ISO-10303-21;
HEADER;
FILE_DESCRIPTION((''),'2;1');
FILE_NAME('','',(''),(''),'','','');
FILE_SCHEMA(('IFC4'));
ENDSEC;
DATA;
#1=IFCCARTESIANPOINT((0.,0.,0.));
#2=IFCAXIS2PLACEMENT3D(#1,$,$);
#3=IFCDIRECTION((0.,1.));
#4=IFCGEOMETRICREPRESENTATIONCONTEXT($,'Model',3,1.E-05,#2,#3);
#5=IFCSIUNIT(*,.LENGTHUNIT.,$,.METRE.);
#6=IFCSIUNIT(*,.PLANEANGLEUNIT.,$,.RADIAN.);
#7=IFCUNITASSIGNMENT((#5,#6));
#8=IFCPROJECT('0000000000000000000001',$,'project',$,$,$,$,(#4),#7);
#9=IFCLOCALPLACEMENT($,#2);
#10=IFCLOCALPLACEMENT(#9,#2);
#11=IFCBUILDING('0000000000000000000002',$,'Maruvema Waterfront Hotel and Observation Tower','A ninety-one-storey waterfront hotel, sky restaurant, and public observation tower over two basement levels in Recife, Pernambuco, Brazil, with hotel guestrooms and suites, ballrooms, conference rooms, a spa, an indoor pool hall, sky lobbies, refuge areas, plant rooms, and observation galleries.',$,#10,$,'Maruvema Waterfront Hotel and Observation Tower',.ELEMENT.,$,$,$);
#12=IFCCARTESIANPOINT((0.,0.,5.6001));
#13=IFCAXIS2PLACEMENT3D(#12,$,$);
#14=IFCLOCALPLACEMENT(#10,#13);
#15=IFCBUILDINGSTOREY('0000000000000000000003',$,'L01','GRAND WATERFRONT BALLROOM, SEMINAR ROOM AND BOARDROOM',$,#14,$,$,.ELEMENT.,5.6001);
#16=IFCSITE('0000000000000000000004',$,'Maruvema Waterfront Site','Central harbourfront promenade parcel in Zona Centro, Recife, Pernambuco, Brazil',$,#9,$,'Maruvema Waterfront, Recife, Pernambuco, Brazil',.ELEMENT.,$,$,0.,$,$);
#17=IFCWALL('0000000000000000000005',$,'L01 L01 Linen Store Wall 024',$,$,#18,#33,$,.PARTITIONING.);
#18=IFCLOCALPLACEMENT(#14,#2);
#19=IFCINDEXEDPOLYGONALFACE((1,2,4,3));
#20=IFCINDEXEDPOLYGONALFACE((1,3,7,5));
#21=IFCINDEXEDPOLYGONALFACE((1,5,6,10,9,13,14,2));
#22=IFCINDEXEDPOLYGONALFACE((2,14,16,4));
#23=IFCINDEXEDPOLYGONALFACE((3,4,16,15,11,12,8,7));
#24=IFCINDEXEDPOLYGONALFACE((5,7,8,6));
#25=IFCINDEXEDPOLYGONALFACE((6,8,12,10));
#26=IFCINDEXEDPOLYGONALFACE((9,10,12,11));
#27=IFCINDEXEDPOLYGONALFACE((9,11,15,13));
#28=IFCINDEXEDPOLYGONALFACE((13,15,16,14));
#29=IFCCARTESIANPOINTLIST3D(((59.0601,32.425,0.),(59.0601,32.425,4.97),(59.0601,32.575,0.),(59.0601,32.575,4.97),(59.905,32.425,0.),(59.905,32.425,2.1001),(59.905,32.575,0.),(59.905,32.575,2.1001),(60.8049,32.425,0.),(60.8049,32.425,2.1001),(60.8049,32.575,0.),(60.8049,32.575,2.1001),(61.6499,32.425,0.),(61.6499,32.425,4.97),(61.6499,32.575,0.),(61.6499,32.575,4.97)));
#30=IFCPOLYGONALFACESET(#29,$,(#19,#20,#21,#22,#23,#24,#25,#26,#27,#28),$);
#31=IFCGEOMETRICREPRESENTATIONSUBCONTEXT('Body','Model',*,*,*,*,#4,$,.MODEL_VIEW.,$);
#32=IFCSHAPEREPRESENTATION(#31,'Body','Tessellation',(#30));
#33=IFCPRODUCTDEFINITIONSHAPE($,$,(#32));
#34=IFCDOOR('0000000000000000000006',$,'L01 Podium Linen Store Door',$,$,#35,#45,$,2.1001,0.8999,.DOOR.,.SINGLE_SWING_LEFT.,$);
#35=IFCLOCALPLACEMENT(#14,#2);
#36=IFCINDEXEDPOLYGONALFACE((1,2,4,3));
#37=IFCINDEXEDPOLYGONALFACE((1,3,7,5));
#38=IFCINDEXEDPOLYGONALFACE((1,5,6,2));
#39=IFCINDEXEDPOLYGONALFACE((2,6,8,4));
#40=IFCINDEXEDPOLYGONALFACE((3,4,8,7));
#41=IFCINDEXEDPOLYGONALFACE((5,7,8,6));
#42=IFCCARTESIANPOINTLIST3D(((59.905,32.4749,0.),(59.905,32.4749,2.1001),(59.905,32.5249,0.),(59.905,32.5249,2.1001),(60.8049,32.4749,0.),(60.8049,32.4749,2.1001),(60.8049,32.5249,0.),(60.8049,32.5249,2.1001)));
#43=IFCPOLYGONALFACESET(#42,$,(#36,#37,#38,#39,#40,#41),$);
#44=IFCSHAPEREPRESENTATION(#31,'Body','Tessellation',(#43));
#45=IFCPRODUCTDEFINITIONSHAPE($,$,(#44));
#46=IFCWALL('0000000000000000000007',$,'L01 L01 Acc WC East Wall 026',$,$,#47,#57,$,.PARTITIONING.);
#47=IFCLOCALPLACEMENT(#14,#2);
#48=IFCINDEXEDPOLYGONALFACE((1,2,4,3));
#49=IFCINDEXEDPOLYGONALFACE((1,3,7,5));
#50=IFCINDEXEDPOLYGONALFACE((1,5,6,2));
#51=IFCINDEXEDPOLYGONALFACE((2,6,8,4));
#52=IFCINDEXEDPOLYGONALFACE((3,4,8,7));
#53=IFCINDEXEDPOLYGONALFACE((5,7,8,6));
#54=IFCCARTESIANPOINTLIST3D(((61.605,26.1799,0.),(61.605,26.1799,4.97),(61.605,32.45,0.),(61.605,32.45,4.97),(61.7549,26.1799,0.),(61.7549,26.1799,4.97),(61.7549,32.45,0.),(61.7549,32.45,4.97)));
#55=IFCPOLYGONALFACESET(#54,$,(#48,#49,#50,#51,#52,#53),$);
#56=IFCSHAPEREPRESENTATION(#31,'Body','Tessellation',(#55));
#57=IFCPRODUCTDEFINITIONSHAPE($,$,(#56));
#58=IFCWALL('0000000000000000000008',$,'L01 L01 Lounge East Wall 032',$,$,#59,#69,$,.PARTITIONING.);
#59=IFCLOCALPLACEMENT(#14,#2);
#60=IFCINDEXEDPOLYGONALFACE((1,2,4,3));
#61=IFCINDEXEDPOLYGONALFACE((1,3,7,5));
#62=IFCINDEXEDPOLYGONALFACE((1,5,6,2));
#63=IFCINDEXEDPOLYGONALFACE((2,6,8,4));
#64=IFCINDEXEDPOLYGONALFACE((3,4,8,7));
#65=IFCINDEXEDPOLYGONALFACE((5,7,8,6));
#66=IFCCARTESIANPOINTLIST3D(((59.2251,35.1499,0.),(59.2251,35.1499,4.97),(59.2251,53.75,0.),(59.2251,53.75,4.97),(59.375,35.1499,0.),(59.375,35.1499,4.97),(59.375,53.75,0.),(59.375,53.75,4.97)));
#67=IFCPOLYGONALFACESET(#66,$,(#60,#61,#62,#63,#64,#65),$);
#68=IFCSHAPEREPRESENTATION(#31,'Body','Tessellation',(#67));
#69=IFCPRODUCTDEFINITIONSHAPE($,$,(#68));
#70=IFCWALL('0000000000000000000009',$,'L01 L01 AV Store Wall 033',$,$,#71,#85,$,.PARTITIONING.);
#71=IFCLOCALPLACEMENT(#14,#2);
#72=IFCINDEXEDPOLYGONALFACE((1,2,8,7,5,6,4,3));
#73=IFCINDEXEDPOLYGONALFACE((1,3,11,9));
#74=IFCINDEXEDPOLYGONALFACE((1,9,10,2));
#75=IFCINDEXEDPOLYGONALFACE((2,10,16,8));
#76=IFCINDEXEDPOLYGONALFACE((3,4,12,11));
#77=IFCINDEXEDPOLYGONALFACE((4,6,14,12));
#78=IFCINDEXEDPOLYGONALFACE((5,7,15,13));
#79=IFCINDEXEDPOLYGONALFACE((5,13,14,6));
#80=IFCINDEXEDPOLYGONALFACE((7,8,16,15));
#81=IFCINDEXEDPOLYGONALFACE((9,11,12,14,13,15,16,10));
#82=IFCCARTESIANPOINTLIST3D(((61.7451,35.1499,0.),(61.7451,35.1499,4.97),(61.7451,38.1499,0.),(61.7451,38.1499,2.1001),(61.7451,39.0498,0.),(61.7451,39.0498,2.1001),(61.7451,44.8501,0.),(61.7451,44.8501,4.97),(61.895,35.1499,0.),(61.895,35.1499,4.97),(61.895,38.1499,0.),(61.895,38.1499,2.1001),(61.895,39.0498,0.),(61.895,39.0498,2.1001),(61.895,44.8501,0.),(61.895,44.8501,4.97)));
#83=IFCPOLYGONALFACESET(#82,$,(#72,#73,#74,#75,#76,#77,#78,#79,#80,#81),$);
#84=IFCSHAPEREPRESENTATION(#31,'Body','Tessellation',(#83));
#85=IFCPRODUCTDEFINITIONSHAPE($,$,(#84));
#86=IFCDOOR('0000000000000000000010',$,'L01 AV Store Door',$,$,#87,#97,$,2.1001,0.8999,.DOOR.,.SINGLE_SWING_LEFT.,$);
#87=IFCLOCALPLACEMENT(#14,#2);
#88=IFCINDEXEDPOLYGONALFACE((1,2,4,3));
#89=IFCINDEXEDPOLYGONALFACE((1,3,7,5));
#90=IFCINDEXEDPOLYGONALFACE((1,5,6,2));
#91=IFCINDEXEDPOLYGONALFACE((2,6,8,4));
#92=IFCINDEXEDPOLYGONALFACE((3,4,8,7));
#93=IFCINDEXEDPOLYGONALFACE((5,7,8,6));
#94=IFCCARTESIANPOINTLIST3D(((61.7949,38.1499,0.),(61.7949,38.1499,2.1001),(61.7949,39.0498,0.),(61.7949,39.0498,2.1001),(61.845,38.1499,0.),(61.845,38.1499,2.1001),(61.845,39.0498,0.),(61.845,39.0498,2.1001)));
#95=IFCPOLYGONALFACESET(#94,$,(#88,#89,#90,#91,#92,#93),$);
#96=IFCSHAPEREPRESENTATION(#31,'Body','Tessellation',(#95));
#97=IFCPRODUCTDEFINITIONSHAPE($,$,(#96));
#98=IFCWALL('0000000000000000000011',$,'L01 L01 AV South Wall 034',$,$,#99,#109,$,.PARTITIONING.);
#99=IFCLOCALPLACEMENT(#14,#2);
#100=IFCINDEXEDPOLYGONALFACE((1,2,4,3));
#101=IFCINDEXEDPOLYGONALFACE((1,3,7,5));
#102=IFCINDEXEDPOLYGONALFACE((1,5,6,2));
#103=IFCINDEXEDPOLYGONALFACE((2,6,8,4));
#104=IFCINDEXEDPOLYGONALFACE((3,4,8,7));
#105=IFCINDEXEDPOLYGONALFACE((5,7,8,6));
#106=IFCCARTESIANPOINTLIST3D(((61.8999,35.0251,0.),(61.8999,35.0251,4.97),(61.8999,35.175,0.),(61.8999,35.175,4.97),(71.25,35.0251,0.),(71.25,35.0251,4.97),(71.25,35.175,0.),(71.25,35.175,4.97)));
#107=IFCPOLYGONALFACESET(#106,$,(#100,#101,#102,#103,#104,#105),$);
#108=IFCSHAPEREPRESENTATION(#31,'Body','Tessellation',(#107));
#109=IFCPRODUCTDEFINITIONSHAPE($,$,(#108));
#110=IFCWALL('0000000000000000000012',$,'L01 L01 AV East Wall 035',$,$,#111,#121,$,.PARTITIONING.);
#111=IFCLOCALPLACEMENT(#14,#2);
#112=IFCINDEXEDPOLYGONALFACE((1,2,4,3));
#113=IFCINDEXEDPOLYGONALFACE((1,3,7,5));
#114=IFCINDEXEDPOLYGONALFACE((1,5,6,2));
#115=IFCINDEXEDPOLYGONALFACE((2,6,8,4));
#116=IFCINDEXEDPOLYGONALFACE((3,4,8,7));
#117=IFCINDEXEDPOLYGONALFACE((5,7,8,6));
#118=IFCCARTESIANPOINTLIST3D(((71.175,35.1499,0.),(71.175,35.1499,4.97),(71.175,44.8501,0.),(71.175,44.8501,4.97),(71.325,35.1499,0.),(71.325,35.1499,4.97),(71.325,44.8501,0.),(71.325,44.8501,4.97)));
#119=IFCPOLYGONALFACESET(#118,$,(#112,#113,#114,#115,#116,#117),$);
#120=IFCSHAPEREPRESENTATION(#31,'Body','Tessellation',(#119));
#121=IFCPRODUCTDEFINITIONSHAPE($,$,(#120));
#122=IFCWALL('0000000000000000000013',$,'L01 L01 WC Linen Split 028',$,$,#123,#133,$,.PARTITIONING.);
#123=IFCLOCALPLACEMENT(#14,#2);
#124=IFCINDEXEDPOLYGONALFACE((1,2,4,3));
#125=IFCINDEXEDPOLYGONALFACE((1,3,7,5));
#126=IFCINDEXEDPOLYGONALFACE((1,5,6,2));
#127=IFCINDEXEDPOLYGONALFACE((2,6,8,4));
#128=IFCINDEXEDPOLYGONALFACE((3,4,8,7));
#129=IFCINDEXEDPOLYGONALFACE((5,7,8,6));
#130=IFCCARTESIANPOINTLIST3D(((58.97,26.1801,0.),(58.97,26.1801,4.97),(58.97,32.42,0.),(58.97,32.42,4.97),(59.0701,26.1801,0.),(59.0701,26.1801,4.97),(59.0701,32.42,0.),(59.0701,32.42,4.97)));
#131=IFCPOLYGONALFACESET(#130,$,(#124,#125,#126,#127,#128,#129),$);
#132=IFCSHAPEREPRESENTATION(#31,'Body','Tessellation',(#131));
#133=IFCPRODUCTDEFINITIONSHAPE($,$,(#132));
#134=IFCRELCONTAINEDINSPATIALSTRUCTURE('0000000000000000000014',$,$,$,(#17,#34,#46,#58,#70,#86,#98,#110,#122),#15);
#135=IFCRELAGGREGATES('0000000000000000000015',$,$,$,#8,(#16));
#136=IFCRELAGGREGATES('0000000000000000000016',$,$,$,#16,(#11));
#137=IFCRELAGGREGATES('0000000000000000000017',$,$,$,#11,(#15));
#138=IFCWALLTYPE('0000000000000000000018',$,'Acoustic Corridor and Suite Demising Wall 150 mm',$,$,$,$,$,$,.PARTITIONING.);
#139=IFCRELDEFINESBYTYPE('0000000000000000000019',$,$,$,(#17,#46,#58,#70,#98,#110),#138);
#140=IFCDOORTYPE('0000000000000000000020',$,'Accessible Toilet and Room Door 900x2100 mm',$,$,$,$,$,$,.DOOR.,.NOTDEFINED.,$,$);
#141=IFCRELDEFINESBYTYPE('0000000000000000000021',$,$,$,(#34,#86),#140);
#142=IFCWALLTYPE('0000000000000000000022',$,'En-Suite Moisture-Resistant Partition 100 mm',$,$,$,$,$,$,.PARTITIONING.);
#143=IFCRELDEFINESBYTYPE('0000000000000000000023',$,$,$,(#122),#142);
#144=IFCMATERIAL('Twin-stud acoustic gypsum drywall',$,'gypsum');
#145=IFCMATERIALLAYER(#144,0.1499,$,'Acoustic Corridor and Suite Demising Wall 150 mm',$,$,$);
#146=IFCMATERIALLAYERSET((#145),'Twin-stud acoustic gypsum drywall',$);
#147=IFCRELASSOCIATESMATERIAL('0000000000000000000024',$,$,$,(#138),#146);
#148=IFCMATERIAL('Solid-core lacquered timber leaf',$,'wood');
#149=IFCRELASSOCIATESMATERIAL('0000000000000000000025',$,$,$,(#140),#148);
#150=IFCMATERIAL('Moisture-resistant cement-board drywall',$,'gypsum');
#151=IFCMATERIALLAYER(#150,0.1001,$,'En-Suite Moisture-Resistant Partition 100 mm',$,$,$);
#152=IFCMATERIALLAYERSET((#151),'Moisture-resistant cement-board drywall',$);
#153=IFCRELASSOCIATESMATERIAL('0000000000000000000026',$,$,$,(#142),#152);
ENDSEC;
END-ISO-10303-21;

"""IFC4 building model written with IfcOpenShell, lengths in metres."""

from ifc_helpers import new_model, si_unit, direction, frame, frame_2d, origin, place, context, subcontext, project, spatial, rectangle, extrude, material, layer, layer_set, type_object, element, fill, save


model = new_model("IFC4")

# Units and contexts
model_context = context("Model", 3, precision=1e-05, world=origin(), true_north=direction((0.0, 1.0)))
body_context = subcontext(model_context, "Body", "Model", "MODEL_VIEW")
ifc_project = project(units=[si_unit("LENGTHUNIT", "METRE"), si_unit("PLANEANGLEUNIT", "RADIAN")], contexts=[model_context])

# Site, building, storey
site_placement = place(None, origin())
site = spatial("IfcSite", under=ifc_project, at=site_placement, Name="Maruvema Waterfront Site", Description="Central harbourfront promenade parcel in Zona Centro, Recife, Pernambuco, Brazil", LongName="Maruvema Waterfront, Recife, Pernambuco, Brazil", CompositionType="ELEMENT", RefElevation=0.0)
building_placement = place(site_placement, origin())
building = spatial("IfcBuilding", under=site, at=building_placement, Name="Maruvema Waterfront Hotel and Observation Tower", Description="A ninety-one-storey waterfront hotel, sky restaurant, and public observation tower over two basement levels in Recife, Pernambuco, Brazil, with hotel guestrooms and suites, ballrooms, conference rooms, a spa, an indoor pool hall, sky lobbies, refuge areas, plant rooms, and observation galleries.", LongName="Maruvema Waterfront Hotel and Observation Tower", CompositionType="ELEMENT")
storey_placement = place(building_placement, frame((0.0, 0.0, 5.6001)))
storey = spatial("IfcBuildingStorey", under=building, at=storey_placement, Name="L01", Description="GRAND WATERFRONT BALLROOM, SEMINAR ROOM AND BOARDROOM", CompositionType="ELEMENT", Elevation=5.6001)

# Wall, opening, door
ifc_material_1 = material(Name="Twin-stud acoustic gypsum drywall", Category="gypsum")
ifc_layer_1 = layer(ifc_material_1, 0.1499, Name="Acoustic Corridor and Suite Demising Wall 150 mm")
ifc_layer_set_1 = layer_set([ifc_layer_1], Name="Twin-stud acoustic gypsum drywall")
wall_type_1 = type_object("IfcWallType", Name="Acoustic Corridor and Suite Demising Wall 150 mm", PredefinedType="PARTITIONING", material=ifc_layer_set_1)
wall_1_placement = place(storey_placement, frame((59.0601, 32.5, 0.0), z_axis=(0.0, 0.0, 1.0), x_axis=(1.0, 0.0, 0.0)))
wall_1 = element("IfcWall", 1, at=wall_1_placement, inside=storey, type_object=wall_type_1, Name="L01 L01 Linen Store Wall 024", PredefinedType="PARTITIONING", context=body_context, shape_type="SweptSolid", body=[
    extrude(rectangle(XDim=2.5898, YDim=0.1499, at=frame_2d((1.2949, 0.0))), origin(), (0.0, 0.0, 1.0), 4.97),
])
opening_1_placement = place(wall_1_placement, frame((0.845, 0.0, 0.0)))
opening_1 = element("IfcOpeningElement", 2, at=opening_1_placement, cuts=wall_1, PredefinedType="OPENING", context=body_context, shape_type="SweptSolid", body=[
    extrude(rectangle(XDim=0.8999, YDim=2.1001, at=frame_2d((0.45, 1.05))), frame((0.0, 0.085, 0.0), z_axis=(0.0, -1.0, 0.0), x_axis=(1.0, 0.0, 0.0)), (0.0, 0.0, 1.0), 0.1699),
])
ifc_material_2 = material(Name="Solid-core lacquered timber leaf", Category="wood")
door_type = type_object("IfcDoorType", Name="Accessible Toilet and Room Door 900x2100 mm", OperationType="NOTDEFINED", PredefinedType="DOOR", material=ifc_material_2)
door_1_placement = place(opening_1_placement, origin())
door_1 = element("IfcDoor", 3, at=door_1_placement, inside=storey, type_object=door_type, Name="L01 Podium Linen Store Door", OperationType="SINGLE_SWING_LEFT", OverallHeight=2.1001, OverallWidth=0.8999, PredefinedType="DOOR", context=body_context, shape_type="SweptSolid", body=[
    extrude(rectangle(XDim=0.8999, YDim=2.1001, at=frame_2d((0.45, 1.05))), frame((0.0, 0.0249, 0.0), z_axis=(0.0, -1.0, 0.0), x_axis=(1.0, 0.0, 0.0)), (0.0, 0.0, 1.0), 0.05),
])
fill(opening_1, door_1)

# Walls
wall_2_placement = place(storey_placement, frame((61.6799, 26.1799, 0.0), z_axis=(0.0, 0.0, 1.0), x_axis=(0.0, 1.0, 0.0)))
element("IfcWall", 4, at=wall_2_placement, inside=storey, type_object=wall_type_1, Name="L01 L01 Acc WC East Wall 026", PredefinedType="PARTITIONING", context=body_context, shape_type="SweptSolid", body=[
    extrude(rectangle(XDim=6.27, YDim=0.1499, at=frame_2d((3.135, 0.0))), origin(), (0.0, 0.0, 1.0), 4.97),
])
wall_3_placement = place(storey_placement, frame((59.3, 35.1499, 0.0), z_axis=(0.0, 0.0, 1.0), x_axis=(0.0, 1.0, 0.0)))
element("IfcWall", 5, at=wall_3_placement, inside=storey, type_object=wall_type_1, Name="L01 L01 Lounge East Wall 032", PredefinedType="PARTITIONING", context=body_context, shape_type="SweptSolid", body=[
    extrude(rectangle(XDim=18.6001, YDim=0.1499, at=frame_2d((9.3, 0.0))), origin(), (0.0, 0.0, 1.0), 4.97),
])

# Wall, opening, door
wall_4_placement = place(storey_placement, frame((61.8201, 35.1499, 0.0), z_axis=(0.0, 0.0, 1.0), x_axis=(0.0, 1.0, 0.0)))
wall_4 = element("IfcWall", 6, at=wall_4_placement, inside=storey, type_object=wall_type_1, Name="L01 L01 AV Store Wall 033", PredefinedType="PARTITIONING", context=body_context, shape_type="SweptSolid", body=[
    extrude(rectangle(XDim=9.7002, YDim=0.1499, at=frame_2d((4.8501, 0.0))), origin(), (0.0, 0.0, 1.0), 4.97),
])
opening_2_placement = place(wall_4_placement, frame((3.0, 0.0, 0.0)))
opening_2 = element("IfcOpeningElement", 7, at=opening_2_placement, cuts=wall_4, PredefinedType="OPENING", context=body_context, shape_type="SweptSolid", body=[
    extrude(rectangle(XDim=0.8999, YDim=2.1001, at=frame_2d((0.45, 1.05))), frame((0.0, 0.085, 0.0), z_axis=(0.0, -1.0, 0.0), x_axis=(1.0, 0.0, 0.0)), (0.0, 0.0, 1.0), 0.1699),
])
door_2_placement = place(opening_2_placement, frame((0.8999, 0.0, 0.0), z_axis=(0.0, 0.0, 1.0), x_axis=(-1.0, 0.0, 0.0)))
door_2 = element("IfcDoor", 8, at=door_2_placement, inside=storey, type_object=door_type, Name="L01 AV Store Door", OperationType="SINGLE_SWING_LEFT", OverallHeight=2.1001, OverallWidth=0.8999, PredefinedType="DOOR", context=body_context, shape_type="SweptSolid", body=[
    extrude(rectangle(XDim=0.8999, YDim=2.1001, at=frame_2d((0.45, 1.05))), frame((0.0, 0.0249, 0.0), z_axis=(0.0, -1.0, 0.0), x_axis=(1.0, 0.0, 0.0)), (0.0, 0.0, 1.0), 0.05),
])
fill(opening_2, door_2)

# Walls
wall_5_placement = place(storey_placement, frame((61.8999, 35.1001, 0.0), z_axis=(0.0, 0.0, 1.0), x_axis=(1.0, 0.0, 0.0)))
element("IfcWall", 9, at=wall_5_placement, inside=storey, type_object=wall_type_1, Name="L01 L01 AV South Wall 034", PredefinedType="PARTITIONING", context=body_context, shape_type="SweptSolid", body=[
    extrude(rectangle(XDim=9.3501, YDim=0.1499, at=frame_2d((4.675, 0.0))), origin(), (0.0, 0.0, 1.0), 4.97),
])
wall_6_placement = place(storey_placement, frame((71.25, 35.1499, 0.0), z_axis=(0.0, 0.0, 1.0), x_axis=(0.0, 1.0, 0.0)))
element("IfcWall", 10, at=wall_6_placement, inside=storey, type_object=wall_type_1, Name="L01 L01 AV East Wall 035", PredefinedType="PARTITIONING", context=body_context, shape_type="SweptSolid", body=[
    extrude(rectangle(XDim=9.7002, YDim=0.1499, at=frame_2d((4.8501, 0.0))), origin(), (0.0, 0.0, 1.0), 4.97),
])
ifc_material_3 = material(Name="Moisture-resistant cement-board drywall", Category="gypsum")
ifc_layer_2 = layer(ifc_material_3, 0.1001, Name="En-Suite Moisture-Resistant Partition 100 mm")
ifc_layer_set_2 = layer_set([ifc_layer_2], Name="Moisture-resistant cement-board drywall")
wall_type_2 = type_object("IfcWallType", Name="En-Suite Moisture-Resistant Partition 100 mm", PredefinedType="PARTITIONING", material=ifc_layer_set_2)
wall_7_placement = place(storey_placement, frame((59.02, 26.1799, 0.0), z_axis=(0.0, 0.0, 1.0), x_axis=(0.0, 1.0, 0.0)))
element("IfcWall", 11, at=wall_7_placement, inside=storey, type_object=wall_type_2, Name="L01 L01 WC Linen Split 028", PredefinedType="PARTITIONING", context=body_context, shape_type="SweptSolid", body=[
    extrude(rectangle(XDim=6.24, YDim=0.1001, at=frame_2d((3.1201, 0.0))), origin(), (0.0, 0.0, 1.0), 4.97),
])

save(model, "model.ifc")
